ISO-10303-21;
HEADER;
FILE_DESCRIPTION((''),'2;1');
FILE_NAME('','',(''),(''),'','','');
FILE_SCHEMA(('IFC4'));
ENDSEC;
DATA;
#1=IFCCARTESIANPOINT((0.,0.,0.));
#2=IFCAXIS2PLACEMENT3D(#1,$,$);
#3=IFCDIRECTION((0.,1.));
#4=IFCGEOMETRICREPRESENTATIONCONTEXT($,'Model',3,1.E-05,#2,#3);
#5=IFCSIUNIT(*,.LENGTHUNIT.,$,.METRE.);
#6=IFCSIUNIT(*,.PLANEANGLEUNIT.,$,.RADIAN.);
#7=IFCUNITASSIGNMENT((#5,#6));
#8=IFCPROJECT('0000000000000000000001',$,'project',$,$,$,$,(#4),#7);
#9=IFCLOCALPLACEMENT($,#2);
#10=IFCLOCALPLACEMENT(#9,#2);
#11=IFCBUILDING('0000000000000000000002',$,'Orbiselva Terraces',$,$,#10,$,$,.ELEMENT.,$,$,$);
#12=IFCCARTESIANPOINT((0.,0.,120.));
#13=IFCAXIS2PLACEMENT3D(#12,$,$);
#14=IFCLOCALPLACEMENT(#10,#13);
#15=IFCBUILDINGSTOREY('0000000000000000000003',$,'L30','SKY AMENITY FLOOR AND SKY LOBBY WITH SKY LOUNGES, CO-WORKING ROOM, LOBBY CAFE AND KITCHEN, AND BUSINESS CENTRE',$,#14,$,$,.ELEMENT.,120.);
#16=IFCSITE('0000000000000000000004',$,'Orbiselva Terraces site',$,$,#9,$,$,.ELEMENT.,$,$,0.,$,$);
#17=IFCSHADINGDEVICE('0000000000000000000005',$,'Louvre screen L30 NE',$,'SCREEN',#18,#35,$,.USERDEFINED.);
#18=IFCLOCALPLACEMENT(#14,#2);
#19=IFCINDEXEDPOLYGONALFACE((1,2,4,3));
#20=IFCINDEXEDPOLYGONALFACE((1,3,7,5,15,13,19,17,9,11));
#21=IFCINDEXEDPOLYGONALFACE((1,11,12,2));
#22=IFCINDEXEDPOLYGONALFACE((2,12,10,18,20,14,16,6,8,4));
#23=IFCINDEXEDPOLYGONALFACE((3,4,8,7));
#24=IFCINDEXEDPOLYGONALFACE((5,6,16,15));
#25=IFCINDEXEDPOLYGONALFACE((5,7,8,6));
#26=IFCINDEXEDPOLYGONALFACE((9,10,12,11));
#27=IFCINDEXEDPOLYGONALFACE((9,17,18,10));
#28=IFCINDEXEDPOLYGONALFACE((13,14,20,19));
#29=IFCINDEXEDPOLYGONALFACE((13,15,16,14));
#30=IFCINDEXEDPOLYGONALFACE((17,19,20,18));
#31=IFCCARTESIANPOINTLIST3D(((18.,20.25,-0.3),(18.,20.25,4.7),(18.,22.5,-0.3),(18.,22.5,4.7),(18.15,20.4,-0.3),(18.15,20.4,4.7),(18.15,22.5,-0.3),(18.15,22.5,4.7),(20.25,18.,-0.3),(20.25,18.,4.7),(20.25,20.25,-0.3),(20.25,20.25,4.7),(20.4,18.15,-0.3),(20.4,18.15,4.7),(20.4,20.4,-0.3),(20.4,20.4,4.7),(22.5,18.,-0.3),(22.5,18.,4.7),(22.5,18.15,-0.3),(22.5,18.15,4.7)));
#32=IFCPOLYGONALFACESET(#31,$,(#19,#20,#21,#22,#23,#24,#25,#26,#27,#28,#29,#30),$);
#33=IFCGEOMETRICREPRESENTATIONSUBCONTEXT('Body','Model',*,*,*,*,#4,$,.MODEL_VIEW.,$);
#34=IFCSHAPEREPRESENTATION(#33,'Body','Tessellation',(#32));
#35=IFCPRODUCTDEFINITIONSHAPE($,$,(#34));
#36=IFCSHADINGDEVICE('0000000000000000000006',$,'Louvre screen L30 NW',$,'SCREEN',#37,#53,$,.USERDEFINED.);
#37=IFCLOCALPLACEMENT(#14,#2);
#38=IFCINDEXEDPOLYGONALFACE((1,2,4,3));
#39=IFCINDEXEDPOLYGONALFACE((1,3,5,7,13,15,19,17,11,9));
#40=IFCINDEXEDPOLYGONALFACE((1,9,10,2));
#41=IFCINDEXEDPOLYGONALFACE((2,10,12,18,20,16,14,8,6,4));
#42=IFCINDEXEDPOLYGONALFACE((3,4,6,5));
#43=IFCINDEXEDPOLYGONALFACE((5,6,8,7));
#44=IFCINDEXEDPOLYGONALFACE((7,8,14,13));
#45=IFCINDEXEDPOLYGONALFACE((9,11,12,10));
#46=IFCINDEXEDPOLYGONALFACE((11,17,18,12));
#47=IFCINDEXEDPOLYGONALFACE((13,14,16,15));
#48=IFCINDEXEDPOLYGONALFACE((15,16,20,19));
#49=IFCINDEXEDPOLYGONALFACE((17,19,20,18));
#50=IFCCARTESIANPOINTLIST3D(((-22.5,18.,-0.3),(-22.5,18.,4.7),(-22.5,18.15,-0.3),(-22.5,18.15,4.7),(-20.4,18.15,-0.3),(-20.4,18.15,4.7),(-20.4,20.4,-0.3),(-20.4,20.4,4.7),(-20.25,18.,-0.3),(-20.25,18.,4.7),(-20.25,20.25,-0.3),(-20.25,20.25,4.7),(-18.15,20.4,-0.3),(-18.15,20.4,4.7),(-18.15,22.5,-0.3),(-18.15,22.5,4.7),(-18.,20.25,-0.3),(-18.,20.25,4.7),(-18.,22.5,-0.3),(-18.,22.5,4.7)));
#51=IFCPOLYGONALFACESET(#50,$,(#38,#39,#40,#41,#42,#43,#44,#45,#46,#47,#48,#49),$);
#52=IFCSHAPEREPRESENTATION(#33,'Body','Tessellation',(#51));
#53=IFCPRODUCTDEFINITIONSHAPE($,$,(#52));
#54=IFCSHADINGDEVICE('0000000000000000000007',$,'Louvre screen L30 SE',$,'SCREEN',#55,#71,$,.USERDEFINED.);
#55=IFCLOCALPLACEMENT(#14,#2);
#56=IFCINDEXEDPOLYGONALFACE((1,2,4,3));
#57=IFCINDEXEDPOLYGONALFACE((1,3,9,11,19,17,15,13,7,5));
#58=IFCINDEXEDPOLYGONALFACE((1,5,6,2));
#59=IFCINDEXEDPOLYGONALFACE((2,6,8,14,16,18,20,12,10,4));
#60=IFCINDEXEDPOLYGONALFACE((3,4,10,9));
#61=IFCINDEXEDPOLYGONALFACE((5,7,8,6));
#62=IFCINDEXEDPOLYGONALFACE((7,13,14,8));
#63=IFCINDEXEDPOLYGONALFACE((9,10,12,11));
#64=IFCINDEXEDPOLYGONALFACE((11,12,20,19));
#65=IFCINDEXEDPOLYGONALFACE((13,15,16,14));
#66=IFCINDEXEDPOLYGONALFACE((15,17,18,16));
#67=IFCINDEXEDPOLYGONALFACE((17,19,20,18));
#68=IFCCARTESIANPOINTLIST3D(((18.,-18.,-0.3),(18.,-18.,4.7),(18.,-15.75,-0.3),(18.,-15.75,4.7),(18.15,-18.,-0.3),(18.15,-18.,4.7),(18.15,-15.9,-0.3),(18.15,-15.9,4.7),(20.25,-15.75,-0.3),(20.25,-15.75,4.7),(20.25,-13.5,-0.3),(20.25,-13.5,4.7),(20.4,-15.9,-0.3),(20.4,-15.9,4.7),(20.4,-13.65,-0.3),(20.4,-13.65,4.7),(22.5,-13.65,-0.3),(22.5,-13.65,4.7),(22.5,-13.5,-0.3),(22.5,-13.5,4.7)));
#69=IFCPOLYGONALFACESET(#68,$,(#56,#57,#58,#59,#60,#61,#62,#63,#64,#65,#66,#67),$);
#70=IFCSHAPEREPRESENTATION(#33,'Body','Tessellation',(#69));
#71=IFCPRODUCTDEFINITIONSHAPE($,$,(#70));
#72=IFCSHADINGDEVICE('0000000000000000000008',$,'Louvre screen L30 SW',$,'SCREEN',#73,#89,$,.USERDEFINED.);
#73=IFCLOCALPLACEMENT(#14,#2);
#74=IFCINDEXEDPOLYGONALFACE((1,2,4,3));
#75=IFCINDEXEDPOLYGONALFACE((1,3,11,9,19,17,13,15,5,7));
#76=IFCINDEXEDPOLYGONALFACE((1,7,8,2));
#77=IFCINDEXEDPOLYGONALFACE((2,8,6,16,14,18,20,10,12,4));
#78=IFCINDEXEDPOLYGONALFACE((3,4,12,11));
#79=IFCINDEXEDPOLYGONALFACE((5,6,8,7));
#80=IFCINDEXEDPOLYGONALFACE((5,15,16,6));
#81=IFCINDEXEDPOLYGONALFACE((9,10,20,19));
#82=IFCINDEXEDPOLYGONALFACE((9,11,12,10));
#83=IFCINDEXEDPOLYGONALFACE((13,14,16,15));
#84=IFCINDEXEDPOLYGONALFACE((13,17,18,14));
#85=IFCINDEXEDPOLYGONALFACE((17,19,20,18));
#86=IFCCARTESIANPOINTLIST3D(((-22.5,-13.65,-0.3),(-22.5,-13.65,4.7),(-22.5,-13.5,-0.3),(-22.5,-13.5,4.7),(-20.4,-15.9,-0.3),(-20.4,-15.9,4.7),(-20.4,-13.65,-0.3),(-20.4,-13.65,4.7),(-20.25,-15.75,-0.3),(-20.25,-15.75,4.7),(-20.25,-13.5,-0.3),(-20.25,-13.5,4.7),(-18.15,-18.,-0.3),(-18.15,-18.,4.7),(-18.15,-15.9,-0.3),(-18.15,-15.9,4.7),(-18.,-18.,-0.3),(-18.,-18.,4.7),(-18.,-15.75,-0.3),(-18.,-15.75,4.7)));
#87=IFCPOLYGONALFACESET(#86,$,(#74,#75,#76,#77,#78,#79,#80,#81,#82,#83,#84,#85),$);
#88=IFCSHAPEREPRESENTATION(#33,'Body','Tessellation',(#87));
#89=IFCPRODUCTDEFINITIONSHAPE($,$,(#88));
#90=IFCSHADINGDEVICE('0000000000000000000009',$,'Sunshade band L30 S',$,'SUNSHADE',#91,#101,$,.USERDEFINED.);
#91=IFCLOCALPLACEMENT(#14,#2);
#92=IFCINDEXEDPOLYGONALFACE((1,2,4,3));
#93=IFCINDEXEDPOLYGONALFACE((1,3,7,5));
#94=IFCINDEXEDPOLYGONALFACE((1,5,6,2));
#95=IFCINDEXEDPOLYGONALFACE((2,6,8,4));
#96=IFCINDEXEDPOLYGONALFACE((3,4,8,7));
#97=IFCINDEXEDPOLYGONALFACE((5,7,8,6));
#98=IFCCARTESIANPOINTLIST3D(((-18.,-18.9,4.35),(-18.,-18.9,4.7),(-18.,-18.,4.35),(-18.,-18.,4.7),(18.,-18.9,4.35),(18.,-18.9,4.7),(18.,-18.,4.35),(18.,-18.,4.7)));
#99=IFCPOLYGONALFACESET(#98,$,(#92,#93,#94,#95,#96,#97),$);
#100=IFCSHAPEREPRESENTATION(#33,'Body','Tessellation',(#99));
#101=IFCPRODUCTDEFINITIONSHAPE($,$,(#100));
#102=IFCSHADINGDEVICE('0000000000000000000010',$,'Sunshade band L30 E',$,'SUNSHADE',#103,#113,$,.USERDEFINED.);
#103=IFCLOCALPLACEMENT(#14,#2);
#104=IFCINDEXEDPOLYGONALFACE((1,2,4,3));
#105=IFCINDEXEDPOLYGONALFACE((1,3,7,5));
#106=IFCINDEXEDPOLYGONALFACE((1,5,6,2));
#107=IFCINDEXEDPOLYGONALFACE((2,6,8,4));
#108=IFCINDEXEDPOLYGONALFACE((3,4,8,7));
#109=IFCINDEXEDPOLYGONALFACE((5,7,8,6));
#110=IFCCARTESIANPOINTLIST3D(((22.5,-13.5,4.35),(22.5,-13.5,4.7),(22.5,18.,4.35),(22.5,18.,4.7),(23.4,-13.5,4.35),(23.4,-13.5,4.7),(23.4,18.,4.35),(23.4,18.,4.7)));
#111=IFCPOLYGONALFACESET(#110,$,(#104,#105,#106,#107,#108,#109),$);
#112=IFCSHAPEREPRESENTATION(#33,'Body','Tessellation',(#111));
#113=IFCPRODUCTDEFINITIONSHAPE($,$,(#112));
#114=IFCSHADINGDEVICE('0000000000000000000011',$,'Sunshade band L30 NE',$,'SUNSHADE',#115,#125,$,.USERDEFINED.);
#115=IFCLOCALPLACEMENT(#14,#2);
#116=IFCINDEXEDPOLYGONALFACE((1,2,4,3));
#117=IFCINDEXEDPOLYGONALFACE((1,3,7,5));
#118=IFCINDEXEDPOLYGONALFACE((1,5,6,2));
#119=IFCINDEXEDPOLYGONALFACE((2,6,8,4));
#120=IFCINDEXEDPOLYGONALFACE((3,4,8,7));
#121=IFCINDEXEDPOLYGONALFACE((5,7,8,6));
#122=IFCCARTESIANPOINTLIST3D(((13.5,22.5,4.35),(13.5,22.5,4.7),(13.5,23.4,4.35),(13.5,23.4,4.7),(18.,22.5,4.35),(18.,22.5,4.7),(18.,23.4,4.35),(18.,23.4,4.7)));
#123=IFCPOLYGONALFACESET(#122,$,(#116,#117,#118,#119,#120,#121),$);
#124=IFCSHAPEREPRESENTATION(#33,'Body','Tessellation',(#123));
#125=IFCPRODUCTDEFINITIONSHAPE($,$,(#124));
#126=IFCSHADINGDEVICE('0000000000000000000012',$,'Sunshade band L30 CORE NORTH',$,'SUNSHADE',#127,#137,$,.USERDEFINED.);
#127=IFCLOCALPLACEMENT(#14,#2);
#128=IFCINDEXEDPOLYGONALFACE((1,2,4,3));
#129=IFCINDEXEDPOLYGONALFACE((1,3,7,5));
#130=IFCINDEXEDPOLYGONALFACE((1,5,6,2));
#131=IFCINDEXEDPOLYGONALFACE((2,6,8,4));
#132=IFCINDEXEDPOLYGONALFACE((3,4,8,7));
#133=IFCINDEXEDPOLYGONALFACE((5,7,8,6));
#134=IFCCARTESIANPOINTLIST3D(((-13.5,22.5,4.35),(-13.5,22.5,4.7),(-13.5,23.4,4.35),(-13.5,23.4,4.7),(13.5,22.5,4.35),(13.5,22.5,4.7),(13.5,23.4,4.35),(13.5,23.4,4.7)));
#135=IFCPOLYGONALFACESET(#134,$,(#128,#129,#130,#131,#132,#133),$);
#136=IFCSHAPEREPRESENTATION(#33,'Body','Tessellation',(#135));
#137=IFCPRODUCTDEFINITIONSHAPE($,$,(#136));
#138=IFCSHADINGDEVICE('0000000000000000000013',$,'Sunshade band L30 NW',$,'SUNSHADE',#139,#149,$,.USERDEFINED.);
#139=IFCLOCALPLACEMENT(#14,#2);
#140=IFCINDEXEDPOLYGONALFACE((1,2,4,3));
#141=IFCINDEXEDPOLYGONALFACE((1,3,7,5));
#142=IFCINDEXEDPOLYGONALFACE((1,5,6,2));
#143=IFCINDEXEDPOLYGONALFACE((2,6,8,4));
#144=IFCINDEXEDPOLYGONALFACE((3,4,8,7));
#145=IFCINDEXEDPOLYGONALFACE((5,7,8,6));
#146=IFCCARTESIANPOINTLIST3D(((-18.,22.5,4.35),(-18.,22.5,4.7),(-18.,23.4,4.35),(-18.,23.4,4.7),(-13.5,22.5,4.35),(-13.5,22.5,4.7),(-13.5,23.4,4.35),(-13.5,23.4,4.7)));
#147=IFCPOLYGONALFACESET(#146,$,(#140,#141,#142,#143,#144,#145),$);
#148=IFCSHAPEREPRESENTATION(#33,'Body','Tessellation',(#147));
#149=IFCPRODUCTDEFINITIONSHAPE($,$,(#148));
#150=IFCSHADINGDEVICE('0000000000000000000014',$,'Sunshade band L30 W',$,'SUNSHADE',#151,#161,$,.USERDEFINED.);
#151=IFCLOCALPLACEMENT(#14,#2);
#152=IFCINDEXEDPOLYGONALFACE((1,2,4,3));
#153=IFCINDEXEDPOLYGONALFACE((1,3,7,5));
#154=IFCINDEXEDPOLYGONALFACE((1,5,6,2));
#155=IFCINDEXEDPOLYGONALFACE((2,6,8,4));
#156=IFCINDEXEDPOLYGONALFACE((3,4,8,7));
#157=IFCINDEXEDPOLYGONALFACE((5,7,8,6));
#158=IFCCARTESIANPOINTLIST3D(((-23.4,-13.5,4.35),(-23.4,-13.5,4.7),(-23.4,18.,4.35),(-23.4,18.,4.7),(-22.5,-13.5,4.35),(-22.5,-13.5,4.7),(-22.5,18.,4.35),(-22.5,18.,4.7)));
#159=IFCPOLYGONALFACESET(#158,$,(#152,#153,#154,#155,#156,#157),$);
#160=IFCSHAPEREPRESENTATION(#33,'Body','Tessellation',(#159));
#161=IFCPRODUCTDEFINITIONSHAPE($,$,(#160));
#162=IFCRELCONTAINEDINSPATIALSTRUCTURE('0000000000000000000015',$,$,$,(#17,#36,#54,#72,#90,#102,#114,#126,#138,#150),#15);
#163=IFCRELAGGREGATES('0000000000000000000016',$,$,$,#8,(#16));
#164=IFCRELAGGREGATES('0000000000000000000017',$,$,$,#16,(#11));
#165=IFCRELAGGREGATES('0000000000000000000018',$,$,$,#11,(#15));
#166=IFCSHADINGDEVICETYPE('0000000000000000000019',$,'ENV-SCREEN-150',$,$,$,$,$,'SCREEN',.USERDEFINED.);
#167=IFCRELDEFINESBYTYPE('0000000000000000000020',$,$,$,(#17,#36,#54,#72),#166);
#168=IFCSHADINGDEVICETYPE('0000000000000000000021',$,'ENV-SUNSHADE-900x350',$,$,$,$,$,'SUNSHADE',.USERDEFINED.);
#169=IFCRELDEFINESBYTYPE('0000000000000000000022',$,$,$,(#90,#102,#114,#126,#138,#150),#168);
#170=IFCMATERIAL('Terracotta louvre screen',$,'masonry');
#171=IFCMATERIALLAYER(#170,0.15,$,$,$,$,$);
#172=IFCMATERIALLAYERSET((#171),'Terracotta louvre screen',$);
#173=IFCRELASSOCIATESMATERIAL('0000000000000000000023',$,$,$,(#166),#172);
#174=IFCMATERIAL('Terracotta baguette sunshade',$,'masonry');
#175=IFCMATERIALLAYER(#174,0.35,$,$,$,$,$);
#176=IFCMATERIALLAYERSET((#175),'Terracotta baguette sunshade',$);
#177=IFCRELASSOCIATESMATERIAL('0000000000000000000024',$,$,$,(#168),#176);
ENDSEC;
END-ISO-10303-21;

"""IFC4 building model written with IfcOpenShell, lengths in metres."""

from ifc_helpers import new_model, si_unit, direction, frame, origin, place, context, subcontext, project, spatial, polyline, outline, extrude, material, layer, layer_set, type_object, element, save


model = new_model("IFC4")

# Units and contexts
model_context = context("Model", 3, precision=1e-05, world=origin(), true_north=direction((0.0, 1.0)))
body_context = subcontext(model_context, "Body", "Model", "MODEL_VIEW")
ifc_project = project(units=[si_unit("LENGTHUNIT", "METRE"), si_unit("PLANEANGLEUNIT", "RADIAN")], contexts=[model_context])

# Site, building, storey
site_placement = place(None, origin())
site = spatial("IfcSite", under=ifc_project, at=site_placement, Name="Orbiselva Terraces site", CompositionType="ELEMENT", RefElevation=0.0)
building_placement = place(site_placement, origin())
building = spatial("IfcBuilding", under=site, at=building_placement, Name="Orbiselva Terraces", CompositionType="ELEMENT")
storey_placement = place(building_placement, frame((0.0, 0.0, 120.0)))
storey = spatial("IfcBuildingStorey", under=building, at=storey_placement, Name="L30", Description="SKY AMENITY FLOOR AND SKY LOBBY WITH SKY LOUNGES, CO-WORKING ROOM, LOBBY CAFE AND KITCHEN, AND BUSINESS CENTRE", CompositionType="ELEMENT", Elevation=120.0)

# Shading devices
ifc_material_1 = material(Name="Terracotta louvre screen", Category="masonry")
ifc_layer_1 = layer(ifc_material_1, 0.15)
ifc_layer_set_1 = layer_set([ifc_layer_1], Name="Terracotta louvre screen")
shading_device_type_1 = type_object("IfcShadingDeviceType", Name="ENV-SCREEN-150", ElementType="SCREEN", PredefinedType="USERDEFINED", material=ifc_layer_set_1)
shading_device_1_placement = place(storey_placement, frame((0.0, 0.0, -0.3)))
element("IfcShadingDevice", 1, at=shading_device_1_placement, inside=storey, type_object=shading_device_type_1, Name="Louvre screen L30 NE", ObjectType="SCREEN", PredefinedType="USERDEFINED", context=body_context, shape_type="SweptSolid", body=[
    extrude(outline(polyline([(22.5, 18.15), (20.4, 18.15), (20.4, 20.4), (18.15, 20.4), (18.15, 22.5), (18.0, 22.5), (18.0, 20.25), (20.25, 20.25), (20.25, 18.0), (22.5, 18.0), (22.5, 18.15)])), origin(), (0.0, 0.0, 1.0), 5.0),
])
shading_device_2_placement = place(storey_placement, frame((0.0, 0.0, -0.3)))
element("IfcShadingDevice", 2, at=shading_device_2_placement, inside=storey, type_object=shading_device_type_1, Name="Louvre screen L30 NW", ObjectType="SCREEN", PredefinedType="USERDEFINED", context=body_context, shape_type="SweptSolid", body=[
    extrude(outline(polyline([(-18.15, 22.5), (-18.15, 20.4), (-20.4, 20.4), (-20.4, 18.15), (-22.5, 18.15), (-22.5, 18.0), (-20.25, 18.0), (-20.25, 20.25), (-18.0, 20.25), (-18.0, 22.5), (-18.15, 22.5)])), origin(), (0.0, 0.0, 1.0), 5.0),
])
shading_device_3_placement = place(storey_placement, frame((0.0, 0.0, -0.3)))
element("IfcShadingDevice", 3, at=shading_device_3_placement, inside=storey, type_object=shading_device_type_1, Name="Louvre screen L30 SE", ObjectType="SCREEN", PredefinedType="USERDEFINED", context=body_context, shape_type="SweptSolid", body=[
    extrude(outline(polyline([(18.15, -18.0), (18.15, -15.9), (20.4, -15.9), (20.4, -13.65), (22.5, -13.65), (22.5, -13.5), (20.25, -13.5), (20.25, -15.75), (18.0, -15.75), (18.0, -18.0), (18.15, -18.0)])), origin(), (0.0, 0.0, 1.0), 5.0),
])
shading_device_4_placement = place(storey_placement, frame((0.0, 0.0, -0.3)))
element("IfcShadingDevice", 4, at=shading_device_4_placement, inside=storey, type_object=shading_device_type_1, Name="Louvre screen L30 SW", ObjectType="SCREEN", PredefinedType="USERDEFINED", context=body_context, shape_type="SweptSolid", body=[
    extrude(outline(polyline([(-22.5, -13.65), (-20.4, -13.65), (-20.4, -15.9), (-18.15, -15.9), (-18.15, -18.0), (-18.0, -18.0), (-18.0, -15.75), (-20.25, -15.75), (-20.25, -13.5), (-22.5, -13.5), (-22.5, -13.65)])), origin(), (0.0, 0.0, 1.0), 5.0),
])
ifc_material_2 = material(Name="Terracotta baguette sunshade", Category="masonry")
ifc_layer_2 = layer(ifc_material_2, 0.35)
ifc_layer_set_2 = layer_set([ifc_layer_2], Name="Terracotta baguette sunshade")
shading_device_type_2 = type_object("IfcShadingDeviceType", Name="ENV-SUNSHADE-900x350", ElementType="SUNSHADE", PredefinedType="USERDEFINED", material=ifc_layer_set_2)
shading_device_5_placement = place(storey_placement, frame((0.0, 0.0, 4.35)))
element("IfcShadingDevice", 5, at=shading_device_5_placement, inside=storey, type_object=shading_device_type_2, Name="Sunshade band L30 S", ObjectType="SUNSHADE", PredefinedType="USERDEFINED", context=body_context, shape_type="SweptSolid", body=[
    extrude(outline(polyline([(-18.0, -18.9), (18.0, -18.9), (18.0, -18.0), (-18.0, -18.0), (-18.0, -18.9)])), origin(), (0.0, 0.0, 1.0), 0.35),
])
shading_device_6_placement = place(storey_placement, frame((0.0, 0.0, 4.35)))
element("IfcShadingDevice", 6, at=shading_device_6_placement, inside=storey, type_object=shading_device_type_2, Name="Sunshade band L30 E", ObjectType="SUNSHADE", PredefinedType="USERDEFINED", context=body_context, shape_type="SweptSolid", body=[
    extrude(outline(polyline([(23.4, -13.5), (23.4, 18.0), (22.5, 18.0), (22.5, -13.5), (23.4, -13.5)])), origin(), (0.0, 0.0, 1.0), 0.35),
])
shading_device_7_placement = place(storey_placement, frame((0.0, 0.0, 4.35)))
element("IfcShadingDevice", 7, at=shading_device_7_placement, inside=storey, type_object=shading_device_type_2, Name="Sunshade band L30 NE", ObjectType="SUNSHADE", PredefinedType="USERDEFINED", context=body_context, shape_type="SweptSolid", body=[
    extrude(outline(polyline([(18.0, 23.4), (13.5, 23.4), (13.5, 22.5), (18.0, 22.5), (18.0, 23.4)])), origin(), (0.0, 0.0, 1.0), 0.35),
])
shading_device_8_placement = place(storey_placement, frame((0.0, 0.0, 4.35)))
element("IfcShadingDevice", 8, at=shading_device_8_placement, inside=storey, type_object=shading_device_type_2, Name="Sunshade band L30 CORE NORTH", ObjectType="SUNSHADE", PredefinedType="USERDEFINED", context=body_context, shape_type="SweptSolid", body=[
    extrude(outline(polyline([(13.5, 23.4), (-13.5, 23.4), (-13.5, 22.5), (13.5, 22.5), (13.5, 23.4)])), origin(), (0.0, 0.0, 1.0), 0.35),
])
shading_device_9_placement = place(storey_placement, frame((0.0, 0.0, 4.35)))
element("IfcShadingDevice", 9, at=shading_device_9_placement, inside=storey, type_object=shading_device_type_2, Name="Sunshade band L30 NW", ObjectType="SUNSHADE", PredefinedType="USERDEFINED", context=body_context, shape_type="SweptSolid", body=[
    extrude(outline(polyline([(-13.5, 23.4), (-18.0, 23.4), (-18.0, 22.5), (-13.5, 22.5), (-13.5, 23.4)])), origin(), (0.0, 0.0, 1.0), 0.35),
])
shading_device_10_placement = place(storey_placement, frame((0.0, 0.0, 4.35)))
element("IfcShadingDevice", 10, at=shading_device_10_placement, inside=storey, type_object=shading_device_type_2, Name="Sunshade band L30 W", ObjectType="SUNSHADE", PredefinedType="USERDEFINED", context=body_context, shape_type="SweptSolid", body=[
    extrude(outline(polyline([(-23.4, 18.0), (-23.4, -13.5), (-22.5, -13.5), (-22.5, 18.0), (-23.4, 18.0)])), origin(), (0.0, 0.0, 1.0), 0.35),
])

save(model, "model.ifc")
